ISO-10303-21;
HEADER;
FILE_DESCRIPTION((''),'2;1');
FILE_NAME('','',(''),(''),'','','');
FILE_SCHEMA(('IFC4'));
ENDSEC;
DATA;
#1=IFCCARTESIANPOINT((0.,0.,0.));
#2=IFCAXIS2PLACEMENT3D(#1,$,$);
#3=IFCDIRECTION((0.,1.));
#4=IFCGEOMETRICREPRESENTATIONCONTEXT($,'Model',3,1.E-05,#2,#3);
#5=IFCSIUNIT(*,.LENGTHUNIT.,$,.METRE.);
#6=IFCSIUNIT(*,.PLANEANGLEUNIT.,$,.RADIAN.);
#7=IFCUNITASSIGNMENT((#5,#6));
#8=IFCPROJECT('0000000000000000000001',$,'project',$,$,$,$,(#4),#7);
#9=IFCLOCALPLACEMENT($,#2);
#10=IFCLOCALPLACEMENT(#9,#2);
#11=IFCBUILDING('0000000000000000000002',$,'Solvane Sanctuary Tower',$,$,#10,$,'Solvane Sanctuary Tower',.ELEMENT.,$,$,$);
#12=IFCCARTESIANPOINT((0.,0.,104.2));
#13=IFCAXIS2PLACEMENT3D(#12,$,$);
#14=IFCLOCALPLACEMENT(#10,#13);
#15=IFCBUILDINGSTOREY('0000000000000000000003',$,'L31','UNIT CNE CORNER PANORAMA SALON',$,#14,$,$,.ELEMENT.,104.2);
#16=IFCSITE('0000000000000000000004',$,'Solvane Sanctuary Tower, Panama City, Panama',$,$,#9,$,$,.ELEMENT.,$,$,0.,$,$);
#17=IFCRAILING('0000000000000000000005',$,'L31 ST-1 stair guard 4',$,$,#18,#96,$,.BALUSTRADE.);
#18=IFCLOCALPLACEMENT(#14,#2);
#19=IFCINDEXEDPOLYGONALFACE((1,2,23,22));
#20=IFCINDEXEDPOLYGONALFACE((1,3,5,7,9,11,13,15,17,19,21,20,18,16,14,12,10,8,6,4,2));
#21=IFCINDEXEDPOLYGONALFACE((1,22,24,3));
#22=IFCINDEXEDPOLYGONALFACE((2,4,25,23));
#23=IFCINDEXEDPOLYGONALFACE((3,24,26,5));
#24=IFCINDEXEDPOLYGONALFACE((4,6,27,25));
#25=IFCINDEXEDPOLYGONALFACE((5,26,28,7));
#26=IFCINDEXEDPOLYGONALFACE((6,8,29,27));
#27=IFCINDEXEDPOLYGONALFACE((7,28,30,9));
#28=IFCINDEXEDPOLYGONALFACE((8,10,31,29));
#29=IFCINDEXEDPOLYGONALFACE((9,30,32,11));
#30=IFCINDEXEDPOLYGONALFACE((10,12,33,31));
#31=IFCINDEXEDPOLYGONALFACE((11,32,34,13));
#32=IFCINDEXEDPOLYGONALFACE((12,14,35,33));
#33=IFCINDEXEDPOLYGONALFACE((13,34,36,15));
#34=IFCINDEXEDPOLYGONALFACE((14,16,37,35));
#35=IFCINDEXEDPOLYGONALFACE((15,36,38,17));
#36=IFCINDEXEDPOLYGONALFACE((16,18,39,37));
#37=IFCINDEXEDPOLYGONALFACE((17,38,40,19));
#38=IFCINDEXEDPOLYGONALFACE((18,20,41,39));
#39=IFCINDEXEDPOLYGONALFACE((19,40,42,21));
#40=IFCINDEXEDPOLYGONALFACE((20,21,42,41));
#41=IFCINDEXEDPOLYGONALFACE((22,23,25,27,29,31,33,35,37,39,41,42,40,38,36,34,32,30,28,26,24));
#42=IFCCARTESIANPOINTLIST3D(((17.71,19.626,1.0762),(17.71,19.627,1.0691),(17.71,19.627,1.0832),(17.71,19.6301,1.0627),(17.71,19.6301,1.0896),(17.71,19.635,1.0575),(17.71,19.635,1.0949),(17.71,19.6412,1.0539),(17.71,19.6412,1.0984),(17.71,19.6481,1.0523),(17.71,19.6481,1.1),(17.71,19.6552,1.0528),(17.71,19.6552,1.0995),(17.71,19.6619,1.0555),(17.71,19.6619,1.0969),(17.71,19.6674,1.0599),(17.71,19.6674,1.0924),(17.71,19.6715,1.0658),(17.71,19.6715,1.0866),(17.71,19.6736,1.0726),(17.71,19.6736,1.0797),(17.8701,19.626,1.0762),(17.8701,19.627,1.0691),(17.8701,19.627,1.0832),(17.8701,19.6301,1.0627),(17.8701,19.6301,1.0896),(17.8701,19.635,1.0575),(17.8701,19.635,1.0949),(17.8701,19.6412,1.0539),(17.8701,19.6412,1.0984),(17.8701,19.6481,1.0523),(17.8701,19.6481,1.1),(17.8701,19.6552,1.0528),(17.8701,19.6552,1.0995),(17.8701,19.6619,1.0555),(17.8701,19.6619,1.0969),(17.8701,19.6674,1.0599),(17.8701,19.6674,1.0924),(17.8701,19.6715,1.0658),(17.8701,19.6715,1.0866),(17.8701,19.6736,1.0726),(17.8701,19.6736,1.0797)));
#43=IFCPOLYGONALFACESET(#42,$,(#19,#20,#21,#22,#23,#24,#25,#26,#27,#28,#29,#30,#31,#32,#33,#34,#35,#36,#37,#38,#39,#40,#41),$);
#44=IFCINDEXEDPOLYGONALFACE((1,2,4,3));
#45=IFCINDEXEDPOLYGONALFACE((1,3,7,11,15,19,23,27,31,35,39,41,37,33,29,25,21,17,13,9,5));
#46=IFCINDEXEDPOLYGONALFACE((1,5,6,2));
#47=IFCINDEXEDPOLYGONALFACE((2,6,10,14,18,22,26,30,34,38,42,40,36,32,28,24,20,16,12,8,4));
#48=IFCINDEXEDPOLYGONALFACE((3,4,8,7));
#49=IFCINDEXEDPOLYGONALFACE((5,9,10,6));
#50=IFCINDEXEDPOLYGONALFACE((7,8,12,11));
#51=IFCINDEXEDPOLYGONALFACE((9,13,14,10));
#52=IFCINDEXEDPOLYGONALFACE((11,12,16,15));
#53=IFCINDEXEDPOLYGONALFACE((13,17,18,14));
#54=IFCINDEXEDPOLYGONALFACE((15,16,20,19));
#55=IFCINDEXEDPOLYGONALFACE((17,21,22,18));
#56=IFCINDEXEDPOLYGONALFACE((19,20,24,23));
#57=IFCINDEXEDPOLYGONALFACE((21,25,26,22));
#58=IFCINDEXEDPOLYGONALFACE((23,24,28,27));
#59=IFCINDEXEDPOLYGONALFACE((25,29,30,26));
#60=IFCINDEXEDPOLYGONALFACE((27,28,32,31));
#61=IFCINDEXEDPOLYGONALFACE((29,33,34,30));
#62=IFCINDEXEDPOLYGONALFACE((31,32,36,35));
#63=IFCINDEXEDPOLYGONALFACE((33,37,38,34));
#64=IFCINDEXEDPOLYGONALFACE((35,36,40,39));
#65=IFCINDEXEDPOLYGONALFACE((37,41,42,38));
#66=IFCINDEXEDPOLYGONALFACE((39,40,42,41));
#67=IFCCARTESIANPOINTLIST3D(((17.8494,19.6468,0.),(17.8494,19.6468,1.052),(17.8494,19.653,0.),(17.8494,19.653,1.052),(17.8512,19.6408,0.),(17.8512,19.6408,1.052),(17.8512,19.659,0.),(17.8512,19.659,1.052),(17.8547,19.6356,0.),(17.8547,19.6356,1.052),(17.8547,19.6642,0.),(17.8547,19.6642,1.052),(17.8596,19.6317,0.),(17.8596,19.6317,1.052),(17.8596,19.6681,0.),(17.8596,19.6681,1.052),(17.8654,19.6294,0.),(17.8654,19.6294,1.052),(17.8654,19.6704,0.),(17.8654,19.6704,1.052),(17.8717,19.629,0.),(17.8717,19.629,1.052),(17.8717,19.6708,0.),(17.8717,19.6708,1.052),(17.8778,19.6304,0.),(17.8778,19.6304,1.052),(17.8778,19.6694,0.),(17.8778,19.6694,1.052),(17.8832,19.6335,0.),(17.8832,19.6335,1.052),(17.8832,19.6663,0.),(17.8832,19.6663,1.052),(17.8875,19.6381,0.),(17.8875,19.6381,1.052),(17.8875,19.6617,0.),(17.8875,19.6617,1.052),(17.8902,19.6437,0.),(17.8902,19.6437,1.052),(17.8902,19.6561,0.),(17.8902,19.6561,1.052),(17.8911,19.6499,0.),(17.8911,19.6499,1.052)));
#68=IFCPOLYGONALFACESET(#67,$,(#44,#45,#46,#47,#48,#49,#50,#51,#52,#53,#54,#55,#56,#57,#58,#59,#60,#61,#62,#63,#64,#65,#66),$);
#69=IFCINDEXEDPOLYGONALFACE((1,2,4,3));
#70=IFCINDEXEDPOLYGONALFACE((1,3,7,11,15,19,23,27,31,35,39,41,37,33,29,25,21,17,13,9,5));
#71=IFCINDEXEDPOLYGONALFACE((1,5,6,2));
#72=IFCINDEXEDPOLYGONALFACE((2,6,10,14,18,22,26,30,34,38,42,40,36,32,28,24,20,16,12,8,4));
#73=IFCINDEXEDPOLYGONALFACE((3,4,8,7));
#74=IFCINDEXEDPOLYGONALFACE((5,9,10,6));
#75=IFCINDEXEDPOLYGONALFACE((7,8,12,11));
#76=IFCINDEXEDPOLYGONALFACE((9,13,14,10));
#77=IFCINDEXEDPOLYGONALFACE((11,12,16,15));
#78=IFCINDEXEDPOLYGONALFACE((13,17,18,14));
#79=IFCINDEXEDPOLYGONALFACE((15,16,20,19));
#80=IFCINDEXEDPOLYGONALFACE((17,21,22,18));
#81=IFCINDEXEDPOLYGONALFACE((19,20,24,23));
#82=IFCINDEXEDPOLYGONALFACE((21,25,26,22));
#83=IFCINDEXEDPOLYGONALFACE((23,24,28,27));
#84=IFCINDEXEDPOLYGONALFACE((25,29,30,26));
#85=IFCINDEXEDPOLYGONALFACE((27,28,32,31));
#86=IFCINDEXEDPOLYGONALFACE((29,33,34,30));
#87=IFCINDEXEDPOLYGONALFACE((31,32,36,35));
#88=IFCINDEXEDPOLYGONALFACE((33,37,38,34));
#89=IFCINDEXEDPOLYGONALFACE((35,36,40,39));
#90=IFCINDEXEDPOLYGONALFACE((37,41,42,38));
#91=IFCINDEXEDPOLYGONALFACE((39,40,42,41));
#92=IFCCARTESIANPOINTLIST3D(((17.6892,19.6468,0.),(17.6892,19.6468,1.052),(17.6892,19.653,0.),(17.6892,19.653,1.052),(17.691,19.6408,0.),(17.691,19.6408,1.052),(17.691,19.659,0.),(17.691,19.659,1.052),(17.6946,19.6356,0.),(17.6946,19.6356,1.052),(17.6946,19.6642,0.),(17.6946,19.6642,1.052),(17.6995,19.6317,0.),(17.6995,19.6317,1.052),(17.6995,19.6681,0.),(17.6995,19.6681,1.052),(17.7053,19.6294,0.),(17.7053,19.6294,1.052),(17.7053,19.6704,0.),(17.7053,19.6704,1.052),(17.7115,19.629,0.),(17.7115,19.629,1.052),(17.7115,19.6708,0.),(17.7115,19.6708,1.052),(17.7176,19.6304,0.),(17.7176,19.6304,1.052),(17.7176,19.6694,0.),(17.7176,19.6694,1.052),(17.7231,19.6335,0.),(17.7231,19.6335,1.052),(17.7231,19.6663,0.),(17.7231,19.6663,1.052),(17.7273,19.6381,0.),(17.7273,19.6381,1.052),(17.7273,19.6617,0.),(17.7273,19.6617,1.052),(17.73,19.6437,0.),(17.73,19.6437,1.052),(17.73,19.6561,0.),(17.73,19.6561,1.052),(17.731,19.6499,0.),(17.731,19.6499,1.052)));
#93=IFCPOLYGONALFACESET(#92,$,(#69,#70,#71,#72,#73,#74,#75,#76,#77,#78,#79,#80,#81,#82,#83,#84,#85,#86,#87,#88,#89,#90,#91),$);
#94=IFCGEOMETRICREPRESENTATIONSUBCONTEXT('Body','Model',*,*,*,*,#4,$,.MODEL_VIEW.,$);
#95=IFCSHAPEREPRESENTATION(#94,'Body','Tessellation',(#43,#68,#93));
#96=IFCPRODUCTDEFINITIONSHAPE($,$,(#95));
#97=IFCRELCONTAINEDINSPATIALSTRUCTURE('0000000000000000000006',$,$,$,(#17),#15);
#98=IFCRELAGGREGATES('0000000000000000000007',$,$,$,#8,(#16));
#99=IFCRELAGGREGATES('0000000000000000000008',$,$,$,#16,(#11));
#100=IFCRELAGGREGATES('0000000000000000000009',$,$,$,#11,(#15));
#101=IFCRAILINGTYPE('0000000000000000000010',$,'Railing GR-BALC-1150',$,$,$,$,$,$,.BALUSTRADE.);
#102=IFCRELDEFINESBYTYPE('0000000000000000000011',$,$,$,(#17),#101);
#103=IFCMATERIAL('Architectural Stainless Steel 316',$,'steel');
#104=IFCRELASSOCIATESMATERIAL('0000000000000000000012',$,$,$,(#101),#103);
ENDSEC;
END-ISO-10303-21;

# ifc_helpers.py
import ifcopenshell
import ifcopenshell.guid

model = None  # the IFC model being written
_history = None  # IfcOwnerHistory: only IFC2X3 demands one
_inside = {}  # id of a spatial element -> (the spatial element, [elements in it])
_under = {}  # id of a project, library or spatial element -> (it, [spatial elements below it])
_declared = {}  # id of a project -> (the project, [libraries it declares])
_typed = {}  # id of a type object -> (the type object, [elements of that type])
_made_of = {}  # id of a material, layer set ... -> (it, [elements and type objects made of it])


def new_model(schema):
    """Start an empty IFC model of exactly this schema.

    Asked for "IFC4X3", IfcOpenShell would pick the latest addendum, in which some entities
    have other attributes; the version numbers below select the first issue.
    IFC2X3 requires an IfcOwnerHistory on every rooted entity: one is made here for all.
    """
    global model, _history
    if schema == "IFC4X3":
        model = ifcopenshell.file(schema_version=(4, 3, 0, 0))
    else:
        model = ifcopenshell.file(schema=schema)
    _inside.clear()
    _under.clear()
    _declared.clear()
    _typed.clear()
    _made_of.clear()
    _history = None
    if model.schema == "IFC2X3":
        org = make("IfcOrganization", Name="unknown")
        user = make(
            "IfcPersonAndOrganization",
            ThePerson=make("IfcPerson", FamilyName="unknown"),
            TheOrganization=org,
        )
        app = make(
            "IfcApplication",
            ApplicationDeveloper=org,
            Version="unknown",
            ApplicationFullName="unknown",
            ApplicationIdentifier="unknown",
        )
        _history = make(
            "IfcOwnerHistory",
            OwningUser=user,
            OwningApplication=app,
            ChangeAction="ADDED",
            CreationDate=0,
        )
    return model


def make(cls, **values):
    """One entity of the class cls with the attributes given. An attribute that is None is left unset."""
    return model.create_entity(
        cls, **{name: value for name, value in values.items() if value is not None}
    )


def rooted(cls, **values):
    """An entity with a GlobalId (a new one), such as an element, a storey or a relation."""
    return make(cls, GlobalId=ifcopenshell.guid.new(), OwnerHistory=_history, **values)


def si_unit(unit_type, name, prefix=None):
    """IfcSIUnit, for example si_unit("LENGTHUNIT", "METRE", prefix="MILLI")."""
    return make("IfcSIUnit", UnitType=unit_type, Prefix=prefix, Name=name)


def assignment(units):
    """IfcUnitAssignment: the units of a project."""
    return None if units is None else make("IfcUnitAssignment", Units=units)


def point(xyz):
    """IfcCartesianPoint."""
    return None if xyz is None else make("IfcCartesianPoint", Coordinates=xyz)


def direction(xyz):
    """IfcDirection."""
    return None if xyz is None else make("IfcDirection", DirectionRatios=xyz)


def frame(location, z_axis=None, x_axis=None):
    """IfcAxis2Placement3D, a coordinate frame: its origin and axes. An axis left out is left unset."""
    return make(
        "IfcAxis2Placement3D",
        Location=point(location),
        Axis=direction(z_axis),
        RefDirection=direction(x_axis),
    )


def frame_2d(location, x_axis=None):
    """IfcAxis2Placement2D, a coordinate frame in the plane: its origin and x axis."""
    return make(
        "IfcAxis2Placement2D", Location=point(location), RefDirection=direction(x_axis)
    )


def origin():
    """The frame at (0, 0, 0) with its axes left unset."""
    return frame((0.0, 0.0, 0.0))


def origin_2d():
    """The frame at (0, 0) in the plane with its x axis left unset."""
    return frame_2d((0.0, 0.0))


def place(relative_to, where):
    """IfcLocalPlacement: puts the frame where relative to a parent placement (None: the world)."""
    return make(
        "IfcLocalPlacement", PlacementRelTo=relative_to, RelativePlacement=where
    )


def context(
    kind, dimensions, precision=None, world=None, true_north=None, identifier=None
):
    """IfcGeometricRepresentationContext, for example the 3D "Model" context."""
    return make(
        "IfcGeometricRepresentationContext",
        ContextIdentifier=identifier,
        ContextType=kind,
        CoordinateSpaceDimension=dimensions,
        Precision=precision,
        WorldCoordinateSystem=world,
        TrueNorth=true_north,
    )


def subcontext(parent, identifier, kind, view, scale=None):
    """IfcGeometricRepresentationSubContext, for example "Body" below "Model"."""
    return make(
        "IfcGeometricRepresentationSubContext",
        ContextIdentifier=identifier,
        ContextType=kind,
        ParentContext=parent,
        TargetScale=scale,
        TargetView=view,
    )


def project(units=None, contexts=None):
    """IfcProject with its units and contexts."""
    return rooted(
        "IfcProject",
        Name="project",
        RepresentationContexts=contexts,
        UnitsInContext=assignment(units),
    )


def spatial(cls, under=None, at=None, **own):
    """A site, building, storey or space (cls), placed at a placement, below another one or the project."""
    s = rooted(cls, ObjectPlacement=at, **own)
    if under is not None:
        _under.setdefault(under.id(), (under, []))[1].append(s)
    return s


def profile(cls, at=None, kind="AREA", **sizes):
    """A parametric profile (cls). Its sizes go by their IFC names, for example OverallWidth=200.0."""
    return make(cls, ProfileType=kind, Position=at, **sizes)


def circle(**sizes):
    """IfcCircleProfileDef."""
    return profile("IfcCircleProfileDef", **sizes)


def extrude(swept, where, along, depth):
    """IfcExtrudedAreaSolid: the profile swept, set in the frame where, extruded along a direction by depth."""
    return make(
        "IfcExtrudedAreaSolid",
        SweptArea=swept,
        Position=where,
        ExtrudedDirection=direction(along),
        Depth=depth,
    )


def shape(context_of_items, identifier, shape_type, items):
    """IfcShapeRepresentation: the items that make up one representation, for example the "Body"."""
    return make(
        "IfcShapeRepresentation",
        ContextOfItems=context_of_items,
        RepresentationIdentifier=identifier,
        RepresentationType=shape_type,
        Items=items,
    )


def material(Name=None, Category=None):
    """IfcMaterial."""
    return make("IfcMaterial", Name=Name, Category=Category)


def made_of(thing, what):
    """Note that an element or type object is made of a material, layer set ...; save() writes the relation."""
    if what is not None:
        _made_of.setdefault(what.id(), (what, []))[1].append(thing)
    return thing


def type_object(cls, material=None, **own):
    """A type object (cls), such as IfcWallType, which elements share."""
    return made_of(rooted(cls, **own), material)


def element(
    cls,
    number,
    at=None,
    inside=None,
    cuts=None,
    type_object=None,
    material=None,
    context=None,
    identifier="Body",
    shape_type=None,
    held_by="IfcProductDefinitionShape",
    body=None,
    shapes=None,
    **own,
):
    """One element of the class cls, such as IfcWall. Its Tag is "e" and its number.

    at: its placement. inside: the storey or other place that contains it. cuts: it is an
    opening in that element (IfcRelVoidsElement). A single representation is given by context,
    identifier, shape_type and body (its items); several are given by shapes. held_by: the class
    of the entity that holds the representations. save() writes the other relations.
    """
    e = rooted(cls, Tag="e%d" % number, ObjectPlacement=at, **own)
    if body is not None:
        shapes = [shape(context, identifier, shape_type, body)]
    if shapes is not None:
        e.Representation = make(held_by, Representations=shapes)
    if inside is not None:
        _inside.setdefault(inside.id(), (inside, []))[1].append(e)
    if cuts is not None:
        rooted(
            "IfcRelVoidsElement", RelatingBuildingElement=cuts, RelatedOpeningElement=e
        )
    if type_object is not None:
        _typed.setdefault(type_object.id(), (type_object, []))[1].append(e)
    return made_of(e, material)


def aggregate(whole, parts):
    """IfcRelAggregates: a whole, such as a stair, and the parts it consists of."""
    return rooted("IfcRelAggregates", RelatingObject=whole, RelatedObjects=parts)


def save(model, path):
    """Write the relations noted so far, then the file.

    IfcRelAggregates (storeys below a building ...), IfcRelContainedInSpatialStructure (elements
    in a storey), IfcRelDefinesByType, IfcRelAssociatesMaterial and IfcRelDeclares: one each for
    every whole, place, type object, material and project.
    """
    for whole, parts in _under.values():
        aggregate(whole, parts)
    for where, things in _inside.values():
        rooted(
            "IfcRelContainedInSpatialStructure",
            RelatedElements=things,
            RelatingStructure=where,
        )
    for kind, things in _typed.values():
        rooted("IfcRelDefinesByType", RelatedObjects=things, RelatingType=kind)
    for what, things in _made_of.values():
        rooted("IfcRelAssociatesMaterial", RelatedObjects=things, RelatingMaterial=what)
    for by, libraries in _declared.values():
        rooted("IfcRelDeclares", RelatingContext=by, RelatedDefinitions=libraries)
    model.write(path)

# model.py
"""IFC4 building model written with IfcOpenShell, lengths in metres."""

from ifc_helpers import new_model, si_unit, direction, frame, origin, origin_2d, place, context, subcontext, project, spatial, circle, extrude, material, type_object, element, save


model = new_model("IFC4")

# Units and contexts
model_context = context("Model", 3, precision=1e-05, world=origin(), true_north=direction((0.0, 1.0)))
body_context = subcontext(model_context, "Body", "Model", "MODEL_VIEW")
ifc_project = project(units=[si_unit("LENGTHUNIT", "METRE"), si_unit("PLANEANGLEUNIT", "RADIAN")], contexts=[model_context])

# Site, building, storey
site_placement = place(None, origin())
site = spatial("IfcSite", under=ifc_project, at=site_placement, Name="Solvane Sanctuary Tower, Panama City, Panama", CompositionType="ELEMENT", RefElevation=0.0)
building_placement = place(site_placement, origin())
building = spatial("IfcBuilding", under=site, at=building_placement, Name="Solvane Sanctuary Tower", LongName="Solvane Sanctuary Tower", CompositionType="ELEMENT")
storey_placement = place(building_placement, frame((0.0, 0.0, 104.2)))
storey = spatial("IfcBuildingStorey", under=building, at=storey_placement, Name="L31", Description="UNIT CNE CORNER PANORAMA SALON", CompositionType="ELEMENT", Elevation=104.2)

# Shared definitions
ifc_material_1 = material(Name="Architectural Stainless Steel 316", Category="steel")

# Railing
railing_type = type_object("IfcRailingType", Name="Railing GR-BALC-1150", PredefinedType="BALUSTRADE", material=ifc_material_1)
railing_1_placement = place(storey_placement, frame((17.8701, 19.6499, 0.0)))
element("IfcRailing", 1, at=railing_1_placement, inside=storey, type_object=railing_type, Name="L31 ST-1 stair guard 4", PredefinedType="BALUSTRADE", context=body_context, shape_type="SweptSolid", body=[
    extrude(circle(Radius=0.0239, at=origin_2d()), frame((0.0, 0.0, 1.0762), z_axis=(-1.0, 0.0, 0.0), x_axis=(0.0, -1.0, 0.0)), (0.0, 0.0, 1.0), 0.1602),
    extrude(circle(Radius=0.021, at=origin_2d()), origin(), (0.0, 0.0, 1.0), 1.052),
    extrude(circle(Radius=0.021, at=origin_2d()), frame((-0.1602, 0.0, 0.0)), (0.0, 0.0, 1.0), 1.052),
])

save(model, "model.ifc")
